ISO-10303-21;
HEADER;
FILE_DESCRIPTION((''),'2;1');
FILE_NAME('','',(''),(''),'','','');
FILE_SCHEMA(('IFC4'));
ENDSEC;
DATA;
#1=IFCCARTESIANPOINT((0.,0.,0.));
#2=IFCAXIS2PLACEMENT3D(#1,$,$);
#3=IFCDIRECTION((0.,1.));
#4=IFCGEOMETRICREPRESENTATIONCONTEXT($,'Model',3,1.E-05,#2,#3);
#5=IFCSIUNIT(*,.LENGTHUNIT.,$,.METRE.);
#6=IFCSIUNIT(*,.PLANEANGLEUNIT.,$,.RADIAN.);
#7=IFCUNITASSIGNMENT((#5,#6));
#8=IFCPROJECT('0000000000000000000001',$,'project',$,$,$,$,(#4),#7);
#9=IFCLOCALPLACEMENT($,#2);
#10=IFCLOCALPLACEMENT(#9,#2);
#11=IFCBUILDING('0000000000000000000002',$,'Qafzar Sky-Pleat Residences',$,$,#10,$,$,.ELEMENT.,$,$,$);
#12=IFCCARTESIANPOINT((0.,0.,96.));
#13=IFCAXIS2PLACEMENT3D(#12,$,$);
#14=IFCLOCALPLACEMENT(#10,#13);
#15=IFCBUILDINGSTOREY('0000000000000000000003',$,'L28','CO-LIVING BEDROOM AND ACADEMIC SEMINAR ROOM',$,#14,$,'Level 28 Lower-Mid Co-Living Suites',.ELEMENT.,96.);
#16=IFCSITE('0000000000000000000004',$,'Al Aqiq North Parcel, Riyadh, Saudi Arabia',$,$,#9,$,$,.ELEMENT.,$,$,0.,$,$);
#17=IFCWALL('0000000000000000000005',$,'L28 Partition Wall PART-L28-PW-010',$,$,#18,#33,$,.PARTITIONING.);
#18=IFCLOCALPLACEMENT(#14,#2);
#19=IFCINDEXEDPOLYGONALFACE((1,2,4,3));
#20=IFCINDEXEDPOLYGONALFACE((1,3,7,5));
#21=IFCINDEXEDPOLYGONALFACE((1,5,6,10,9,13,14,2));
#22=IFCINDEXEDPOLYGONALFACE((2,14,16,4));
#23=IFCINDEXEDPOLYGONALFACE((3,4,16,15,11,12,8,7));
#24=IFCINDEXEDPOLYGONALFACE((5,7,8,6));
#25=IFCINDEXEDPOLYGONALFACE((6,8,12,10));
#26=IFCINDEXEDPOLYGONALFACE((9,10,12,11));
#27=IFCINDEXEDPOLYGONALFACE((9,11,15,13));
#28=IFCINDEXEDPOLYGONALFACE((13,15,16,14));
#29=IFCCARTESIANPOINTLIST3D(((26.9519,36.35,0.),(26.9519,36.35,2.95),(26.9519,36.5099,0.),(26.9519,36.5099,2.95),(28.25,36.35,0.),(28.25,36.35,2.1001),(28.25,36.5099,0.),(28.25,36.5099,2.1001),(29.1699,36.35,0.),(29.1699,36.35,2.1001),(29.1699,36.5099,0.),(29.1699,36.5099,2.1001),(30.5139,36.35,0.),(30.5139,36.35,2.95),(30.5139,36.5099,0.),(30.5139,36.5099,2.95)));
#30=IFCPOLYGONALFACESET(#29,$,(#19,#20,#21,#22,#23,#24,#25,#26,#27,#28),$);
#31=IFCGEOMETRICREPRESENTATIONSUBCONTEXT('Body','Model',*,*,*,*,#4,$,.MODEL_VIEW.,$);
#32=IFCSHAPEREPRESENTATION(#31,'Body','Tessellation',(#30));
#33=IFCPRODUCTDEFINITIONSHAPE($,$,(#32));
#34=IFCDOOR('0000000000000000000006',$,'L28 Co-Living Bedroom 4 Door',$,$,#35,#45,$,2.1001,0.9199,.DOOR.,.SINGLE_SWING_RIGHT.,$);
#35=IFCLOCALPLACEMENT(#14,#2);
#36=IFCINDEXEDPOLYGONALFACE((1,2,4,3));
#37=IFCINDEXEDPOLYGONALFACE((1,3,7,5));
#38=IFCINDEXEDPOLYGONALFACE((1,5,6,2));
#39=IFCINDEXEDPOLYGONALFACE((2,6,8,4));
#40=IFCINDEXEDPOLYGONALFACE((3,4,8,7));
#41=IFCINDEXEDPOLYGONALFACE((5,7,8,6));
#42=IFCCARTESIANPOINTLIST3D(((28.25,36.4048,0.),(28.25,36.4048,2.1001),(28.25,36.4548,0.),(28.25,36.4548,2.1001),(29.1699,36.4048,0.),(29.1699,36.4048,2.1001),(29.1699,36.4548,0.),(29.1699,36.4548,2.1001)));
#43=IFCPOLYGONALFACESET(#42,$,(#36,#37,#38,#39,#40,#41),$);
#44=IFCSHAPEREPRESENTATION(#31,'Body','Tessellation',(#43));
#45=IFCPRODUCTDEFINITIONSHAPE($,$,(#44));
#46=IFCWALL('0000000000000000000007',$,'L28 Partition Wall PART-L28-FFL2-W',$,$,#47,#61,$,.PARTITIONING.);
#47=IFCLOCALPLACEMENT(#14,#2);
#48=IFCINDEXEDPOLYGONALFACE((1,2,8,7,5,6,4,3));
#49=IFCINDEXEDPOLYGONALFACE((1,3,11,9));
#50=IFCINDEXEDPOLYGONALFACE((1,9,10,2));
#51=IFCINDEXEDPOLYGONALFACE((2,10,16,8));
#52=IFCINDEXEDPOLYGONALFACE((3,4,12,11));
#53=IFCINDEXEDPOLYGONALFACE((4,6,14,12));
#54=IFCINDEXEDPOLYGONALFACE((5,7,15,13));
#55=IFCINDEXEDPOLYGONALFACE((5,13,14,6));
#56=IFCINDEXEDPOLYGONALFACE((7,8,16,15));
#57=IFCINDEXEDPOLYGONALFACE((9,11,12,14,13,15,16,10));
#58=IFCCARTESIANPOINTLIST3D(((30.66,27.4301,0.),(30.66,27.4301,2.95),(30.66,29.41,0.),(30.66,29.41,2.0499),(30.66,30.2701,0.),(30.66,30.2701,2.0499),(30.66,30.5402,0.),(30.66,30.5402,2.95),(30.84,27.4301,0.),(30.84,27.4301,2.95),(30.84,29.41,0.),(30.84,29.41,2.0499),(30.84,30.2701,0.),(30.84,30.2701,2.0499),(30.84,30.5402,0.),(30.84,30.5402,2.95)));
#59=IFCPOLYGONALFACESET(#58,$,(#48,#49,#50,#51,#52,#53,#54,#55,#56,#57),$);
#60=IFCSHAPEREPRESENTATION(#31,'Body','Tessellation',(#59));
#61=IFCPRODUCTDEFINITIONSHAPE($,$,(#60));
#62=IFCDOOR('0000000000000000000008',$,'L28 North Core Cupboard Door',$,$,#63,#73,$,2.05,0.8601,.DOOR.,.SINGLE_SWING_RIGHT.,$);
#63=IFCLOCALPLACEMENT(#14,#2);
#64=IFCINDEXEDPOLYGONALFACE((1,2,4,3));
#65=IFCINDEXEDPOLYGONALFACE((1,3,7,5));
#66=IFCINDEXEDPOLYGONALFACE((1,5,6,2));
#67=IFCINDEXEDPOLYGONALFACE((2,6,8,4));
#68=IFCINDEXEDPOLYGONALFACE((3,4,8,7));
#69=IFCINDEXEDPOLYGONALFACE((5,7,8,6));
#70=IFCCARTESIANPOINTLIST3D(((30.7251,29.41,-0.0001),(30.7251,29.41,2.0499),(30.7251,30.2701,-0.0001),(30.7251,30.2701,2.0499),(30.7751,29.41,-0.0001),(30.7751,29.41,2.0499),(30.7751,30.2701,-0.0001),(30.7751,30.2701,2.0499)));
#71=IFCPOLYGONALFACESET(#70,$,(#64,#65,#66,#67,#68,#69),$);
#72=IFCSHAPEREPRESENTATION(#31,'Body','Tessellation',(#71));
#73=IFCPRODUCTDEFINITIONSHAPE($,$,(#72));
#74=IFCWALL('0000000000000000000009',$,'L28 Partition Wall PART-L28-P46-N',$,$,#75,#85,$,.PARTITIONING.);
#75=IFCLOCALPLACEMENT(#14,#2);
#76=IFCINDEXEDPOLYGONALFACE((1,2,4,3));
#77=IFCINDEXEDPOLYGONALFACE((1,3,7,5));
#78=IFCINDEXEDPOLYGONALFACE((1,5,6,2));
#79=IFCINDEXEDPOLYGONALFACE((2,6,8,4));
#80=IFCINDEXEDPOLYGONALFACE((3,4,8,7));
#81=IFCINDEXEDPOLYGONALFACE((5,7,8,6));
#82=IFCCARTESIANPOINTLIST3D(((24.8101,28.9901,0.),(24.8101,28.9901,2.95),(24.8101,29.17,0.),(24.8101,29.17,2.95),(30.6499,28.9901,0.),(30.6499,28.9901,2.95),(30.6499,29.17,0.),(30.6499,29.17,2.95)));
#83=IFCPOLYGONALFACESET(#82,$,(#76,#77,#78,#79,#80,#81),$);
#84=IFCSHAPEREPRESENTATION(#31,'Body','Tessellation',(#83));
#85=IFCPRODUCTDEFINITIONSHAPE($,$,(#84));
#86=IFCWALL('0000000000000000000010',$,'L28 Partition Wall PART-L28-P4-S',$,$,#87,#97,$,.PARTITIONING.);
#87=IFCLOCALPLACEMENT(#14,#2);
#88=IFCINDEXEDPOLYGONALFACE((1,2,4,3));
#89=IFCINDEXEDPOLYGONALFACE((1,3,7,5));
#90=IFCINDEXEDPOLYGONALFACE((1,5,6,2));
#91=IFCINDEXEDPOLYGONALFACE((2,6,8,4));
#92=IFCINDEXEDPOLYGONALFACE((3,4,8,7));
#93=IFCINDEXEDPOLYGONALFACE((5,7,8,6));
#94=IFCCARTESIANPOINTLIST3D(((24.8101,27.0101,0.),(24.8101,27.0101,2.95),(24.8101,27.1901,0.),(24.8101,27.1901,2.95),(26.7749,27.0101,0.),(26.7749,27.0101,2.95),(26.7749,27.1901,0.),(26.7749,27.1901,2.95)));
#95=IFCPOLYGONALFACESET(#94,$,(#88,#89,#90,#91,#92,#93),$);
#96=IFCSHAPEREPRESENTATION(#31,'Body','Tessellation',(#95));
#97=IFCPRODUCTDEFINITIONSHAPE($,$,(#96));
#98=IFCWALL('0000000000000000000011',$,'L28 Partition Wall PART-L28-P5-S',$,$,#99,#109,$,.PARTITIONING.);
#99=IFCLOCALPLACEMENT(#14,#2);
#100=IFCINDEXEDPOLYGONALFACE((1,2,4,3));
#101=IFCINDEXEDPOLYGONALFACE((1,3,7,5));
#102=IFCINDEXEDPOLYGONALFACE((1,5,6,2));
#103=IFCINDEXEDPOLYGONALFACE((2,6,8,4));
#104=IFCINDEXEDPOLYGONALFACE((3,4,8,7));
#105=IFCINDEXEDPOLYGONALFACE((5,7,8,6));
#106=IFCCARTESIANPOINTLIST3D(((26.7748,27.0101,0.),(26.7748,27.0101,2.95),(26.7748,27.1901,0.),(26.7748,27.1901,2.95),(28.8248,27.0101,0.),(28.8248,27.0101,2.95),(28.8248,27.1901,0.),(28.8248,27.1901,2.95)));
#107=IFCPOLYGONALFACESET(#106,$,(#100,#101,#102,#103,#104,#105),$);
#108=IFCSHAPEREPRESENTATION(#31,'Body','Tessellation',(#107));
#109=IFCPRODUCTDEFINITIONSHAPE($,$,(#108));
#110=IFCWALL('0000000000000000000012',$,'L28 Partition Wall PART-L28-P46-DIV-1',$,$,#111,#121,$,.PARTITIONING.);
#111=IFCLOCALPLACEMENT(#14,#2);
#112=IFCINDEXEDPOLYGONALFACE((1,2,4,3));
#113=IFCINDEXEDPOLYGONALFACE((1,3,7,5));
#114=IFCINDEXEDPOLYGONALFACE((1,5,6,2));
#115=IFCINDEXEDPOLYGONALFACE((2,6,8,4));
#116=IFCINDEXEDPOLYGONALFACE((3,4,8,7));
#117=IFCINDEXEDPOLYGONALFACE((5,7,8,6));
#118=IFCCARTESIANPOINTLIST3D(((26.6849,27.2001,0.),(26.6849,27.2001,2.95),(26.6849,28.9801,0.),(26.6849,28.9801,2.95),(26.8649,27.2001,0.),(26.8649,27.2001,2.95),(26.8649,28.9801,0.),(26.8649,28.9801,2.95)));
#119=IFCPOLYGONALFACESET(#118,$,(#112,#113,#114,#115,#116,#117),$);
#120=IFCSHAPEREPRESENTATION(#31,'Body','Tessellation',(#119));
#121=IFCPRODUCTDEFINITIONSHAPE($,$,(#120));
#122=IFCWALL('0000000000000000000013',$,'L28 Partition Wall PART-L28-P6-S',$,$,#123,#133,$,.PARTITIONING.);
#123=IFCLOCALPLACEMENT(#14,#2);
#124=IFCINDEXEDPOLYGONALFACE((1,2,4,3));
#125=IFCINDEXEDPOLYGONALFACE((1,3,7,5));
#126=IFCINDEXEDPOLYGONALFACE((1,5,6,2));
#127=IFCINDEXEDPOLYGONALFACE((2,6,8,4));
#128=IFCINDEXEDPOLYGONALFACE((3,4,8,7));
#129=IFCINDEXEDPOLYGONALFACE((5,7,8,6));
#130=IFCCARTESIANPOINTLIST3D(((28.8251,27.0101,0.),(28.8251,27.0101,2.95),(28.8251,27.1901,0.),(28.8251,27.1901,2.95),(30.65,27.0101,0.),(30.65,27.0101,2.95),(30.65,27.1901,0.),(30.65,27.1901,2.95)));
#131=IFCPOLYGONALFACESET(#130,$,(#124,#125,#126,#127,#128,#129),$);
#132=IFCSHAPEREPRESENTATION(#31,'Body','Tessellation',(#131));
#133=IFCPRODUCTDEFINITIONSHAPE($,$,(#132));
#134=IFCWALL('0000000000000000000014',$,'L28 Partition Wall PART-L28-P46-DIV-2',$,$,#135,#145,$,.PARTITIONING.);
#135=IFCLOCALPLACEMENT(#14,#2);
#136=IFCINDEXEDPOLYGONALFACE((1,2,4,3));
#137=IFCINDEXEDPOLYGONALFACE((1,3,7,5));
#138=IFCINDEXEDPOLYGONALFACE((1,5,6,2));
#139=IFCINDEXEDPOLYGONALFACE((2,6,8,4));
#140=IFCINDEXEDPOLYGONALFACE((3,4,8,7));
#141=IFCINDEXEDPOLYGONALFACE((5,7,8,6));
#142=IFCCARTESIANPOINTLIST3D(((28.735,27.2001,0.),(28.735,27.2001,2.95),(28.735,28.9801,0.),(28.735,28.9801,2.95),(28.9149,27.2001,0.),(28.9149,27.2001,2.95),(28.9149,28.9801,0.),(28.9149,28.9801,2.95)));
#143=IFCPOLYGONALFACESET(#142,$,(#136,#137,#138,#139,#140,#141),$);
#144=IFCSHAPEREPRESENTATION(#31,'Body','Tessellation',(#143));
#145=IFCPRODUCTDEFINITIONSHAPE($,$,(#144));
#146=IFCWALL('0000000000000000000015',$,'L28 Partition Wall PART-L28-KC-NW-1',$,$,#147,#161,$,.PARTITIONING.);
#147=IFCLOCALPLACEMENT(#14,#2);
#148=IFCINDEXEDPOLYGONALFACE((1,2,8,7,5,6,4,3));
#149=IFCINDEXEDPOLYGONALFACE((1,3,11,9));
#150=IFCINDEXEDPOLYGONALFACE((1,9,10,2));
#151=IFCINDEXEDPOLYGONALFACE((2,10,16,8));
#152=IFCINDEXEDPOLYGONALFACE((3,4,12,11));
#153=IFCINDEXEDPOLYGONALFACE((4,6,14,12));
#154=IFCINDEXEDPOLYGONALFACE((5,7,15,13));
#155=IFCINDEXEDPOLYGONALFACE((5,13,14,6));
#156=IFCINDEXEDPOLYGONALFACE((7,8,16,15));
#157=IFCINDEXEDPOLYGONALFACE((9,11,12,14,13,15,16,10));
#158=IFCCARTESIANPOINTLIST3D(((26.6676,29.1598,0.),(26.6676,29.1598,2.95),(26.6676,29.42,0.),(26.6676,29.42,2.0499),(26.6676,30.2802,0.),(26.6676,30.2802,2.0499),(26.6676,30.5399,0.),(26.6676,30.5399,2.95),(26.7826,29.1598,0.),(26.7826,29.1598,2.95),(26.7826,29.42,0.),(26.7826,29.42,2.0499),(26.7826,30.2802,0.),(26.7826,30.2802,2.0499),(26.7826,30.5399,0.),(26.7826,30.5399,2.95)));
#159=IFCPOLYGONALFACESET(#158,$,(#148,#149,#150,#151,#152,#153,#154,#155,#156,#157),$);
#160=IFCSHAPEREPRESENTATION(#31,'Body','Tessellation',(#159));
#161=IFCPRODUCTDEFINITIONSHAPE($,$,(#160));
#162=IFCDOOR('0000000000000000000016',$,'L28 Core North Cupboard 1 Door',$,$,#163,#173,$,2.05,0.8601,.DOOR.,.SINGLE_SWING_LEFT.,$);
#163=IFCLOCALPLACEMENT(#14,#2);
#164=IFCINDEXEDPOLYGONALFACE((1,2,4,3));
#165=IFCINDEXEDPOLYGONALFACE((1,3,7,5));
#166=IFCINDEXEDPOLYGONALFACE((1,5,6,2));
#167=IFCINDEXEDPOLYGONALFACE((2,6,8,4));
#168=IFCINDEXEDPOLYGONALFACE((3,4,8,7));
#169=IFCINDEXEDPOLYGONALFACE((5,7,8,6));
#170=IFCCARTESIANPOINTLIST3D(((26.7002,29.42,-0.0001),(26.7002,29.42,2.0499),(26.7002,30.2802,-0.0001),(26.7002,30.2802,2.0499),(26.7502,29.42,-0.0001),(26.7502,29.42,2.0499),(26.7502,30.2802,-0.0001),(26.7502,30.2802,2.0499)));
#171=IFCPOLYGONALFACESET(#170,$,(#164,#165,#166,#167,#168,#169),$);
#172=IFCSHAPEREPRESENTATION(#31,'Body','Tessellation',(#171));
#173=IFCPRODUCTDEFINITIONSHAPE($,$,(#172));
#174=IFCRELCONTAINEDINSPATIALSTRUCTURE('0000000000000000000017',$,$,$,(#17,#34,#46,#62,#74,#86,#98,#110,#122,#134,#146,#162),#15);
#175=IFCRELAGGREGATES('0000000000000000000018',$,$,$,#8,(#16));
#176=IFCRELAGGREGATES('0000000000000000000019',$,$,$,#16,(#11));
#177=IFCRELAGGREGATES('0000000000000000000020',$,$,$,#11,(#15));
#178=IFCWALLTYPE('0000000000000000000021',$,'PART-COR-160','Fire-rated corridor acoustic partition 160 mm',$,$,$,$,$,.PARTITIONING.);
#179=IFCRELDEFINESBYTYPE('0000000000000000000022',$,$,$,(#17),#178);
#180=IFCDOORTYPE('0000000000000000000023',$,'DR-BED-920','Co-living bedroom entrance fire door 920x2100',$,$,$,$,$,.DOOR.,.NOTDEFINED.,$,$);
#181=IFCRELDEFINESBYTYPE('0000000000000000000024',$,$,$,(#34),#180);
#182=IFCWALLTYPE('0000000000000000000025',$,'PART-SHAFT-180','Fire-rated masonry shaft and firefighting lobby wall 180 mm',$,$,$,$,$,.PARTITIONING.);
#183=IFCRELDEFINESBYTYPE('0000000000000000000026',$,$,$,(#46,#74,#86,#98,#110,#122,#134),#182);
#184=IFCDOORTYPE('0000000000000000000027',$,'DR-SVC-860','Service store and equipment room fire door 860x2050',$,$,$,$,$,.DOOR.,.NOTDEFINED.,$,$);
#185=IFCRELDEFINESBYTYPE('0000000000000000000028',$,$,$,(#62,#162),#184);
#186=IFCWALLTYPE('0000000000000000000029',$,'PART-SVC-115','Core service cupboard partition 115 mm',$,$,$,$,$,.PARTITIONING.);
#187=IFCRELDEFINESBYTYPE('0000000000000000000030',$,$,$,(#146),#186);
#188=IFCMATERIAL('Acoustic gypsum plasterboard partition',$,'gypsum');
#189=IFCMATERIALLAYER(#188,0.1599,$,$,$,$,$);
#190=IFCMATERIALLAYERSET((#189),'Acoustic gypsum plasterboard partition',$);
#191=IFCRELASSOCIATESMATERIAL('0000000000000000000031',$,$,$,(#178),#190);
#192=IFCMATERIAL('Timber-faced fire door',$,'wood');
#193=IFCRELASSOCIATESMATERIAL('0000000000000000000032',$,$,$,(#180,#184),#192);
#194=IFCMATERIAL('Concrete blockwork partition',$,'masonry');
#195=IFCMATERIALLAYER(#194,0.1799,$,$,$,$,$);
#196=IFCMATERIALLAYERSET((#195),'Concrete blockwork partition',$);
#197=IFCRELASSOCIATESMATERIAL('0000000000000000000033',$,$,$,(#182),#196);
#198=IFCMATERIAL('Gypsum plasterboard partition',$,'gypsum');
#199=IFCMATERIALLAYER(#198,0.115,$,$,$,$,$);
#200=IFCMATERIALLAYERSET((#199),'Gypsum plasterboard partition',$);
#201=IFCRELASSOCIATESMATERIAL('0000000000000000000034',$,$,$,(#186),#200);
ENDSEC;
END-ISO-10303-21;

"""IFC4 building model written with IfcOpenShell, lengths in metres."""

from ifc_helpers import new_model, si_unit, direction, frame, frame_2d, origin, place, context, subcontext, project, spatial, rectangle, extrude, source, transform, mapped, material, layer, layer_set, type_object, element, fill, save


model = new_model("IFC4")

# Units and contexts
model_context = context("Model", 3, precision=1e-05, world=origin(), true_north=direction((0.0, 1.0)))
body_context = subcontext(model_context, "Body", "Model", "MODEL_VIEW")
ifc_project = project(units=[si_unit("LENGTHUNIT", "METRE"), si_unit("PLANEANGLEUNIT", "RADIAN")], contexts=[model_context])

# Site, building, storey
site_placement = place(None, origin())
site = spatial("IfcSite", under=ifc_project, at=site_placement, Name="Al Aqiq North Parcel, Riyadh, Saudi Arabia", CompositionType="ELEMENT", RefElevation=0.0)
building_placement = place(site_placement, origin())
building = spatial("IfcBuilding", under=site, at=building_placement, Name="Qafzar Sky-Pleat Residences", CompositionType="ELEMENT")
storey_placement = place(building_placement, frame((0.0, 0.0, 96.0)))
storey = spatial("IfcBuildingStorey", under=building, at=storey_placement, Name="L28", Description="CO-LIVING BEDROOM AND ACADEMIC SEMINAR ROOM", LongName="Level 28 Lower-Mid Co-Living Suites", CompositionType="ELEMENT", Elevation=96.0)

# Walls, openings, doors
ifc_material_1 = material(Name="Acoustic gypsum plasterboard partition", Category="gypsum")
ifc_layer_1 = layer(ifc_material_1, 0.1599)
ifc_layer_set_1 = layer_set([ifc_layer_1], Name="Acoustic gypsum plasterboard partition")
wall_type_1 = type_object("IfcWallType", Name="PART-COR-160", Description="Fire-rated corridor acoustic partition 160 mm", PredefinedType="PARTITIONING", material=ifc_layer_set_1)
wall_1_placement = place(storey_placement, frame((26.9519, 36.4299, 0.0), z_axis=(0.0, 0.0, 1.0), x_axis=(1.0, 0.0, 0.0)))
wall_1 = element("IfcWall", 1, at=wall_1_placement, inside=storey, type_object=wall_type_1, Name="L28 Partition Wall PART-L28-PW-010", PredefinedType="PARTITIONING", context=body_context, shape_type="SweptSolid", body=[
    extrude(rectangle(XDim=3.562, YDim=0.1599, at=frame_2d((1.781, 0.0))), origin(), (0.0, 0.0, 1.0), 2.95),
])
opening_1_placement = place(wall_1_placement, frame((1.2981, 0.0, 0.0)))
opening_1 = element("IfcOpeningElement", 2, at=opening_1_placement, cuts=wall_1, PredefinedType="OPENING", context=body_context, shape_type="SweptSolid", body=[
    extrude(rectangle(XDim=0.9199, YDim=2.1001, at=frame_2d((0.46, 1.05))), frame((0.0, 0.0898, 0.0), z_axis=(0.0, -1.0, 0.0), x_axis=(1.0, 0.0, 0.0)), (0.0, 0.0, 1.0), 0.1799),
])
ifc_material_2 = material(Name="Timber-faced fire door", Category="wood")
door_type_1 = type_object("IfcDoorType", Name="DR-BED-920", Description="Co-living bedroom entrance fire door 920x2100", OperationType="NOTDEFINED", PredefinedType="DOOR", material=ifc_material_2)
shared_shape_1 = source(origin(), body_context, "Body", "SweptSolid", [
    extrude(rectangle(XDim=0.9199, YDim=2.1001, at=frame_2d((0.46, 1.05))), frame((0.0, 0.0249, 0.0), z_axis=(0.0, -1.0, 0.0), x_axis=(1.0, 0.0, 0.0)), (0.0, 0.0, 1.0), 0.05),
])
door_1_placement = place(opening_1_placement, origin())
door_1 = element("IfcDoor", 3, at=door_1_placement, inside=storey, type_object=door_type_1, Name="L28 Co-Living Bedroom 4 Door", OperationType="SINGLE_SWING_RIGHT", OverallHeight=2.1001, OverallWidth=0.9199, PredefinedType="DOOR", context=body_context, shape_type="MappedRepresentation", body=[
    mapped(shared_shape_1, transform((0.0, 0.0, 0.0), x_axis=(1.0, 0.0, 0.0), y_axis=(0.0, 1.0, 0.0), z_axis=(0.0, 0.0, 1.0), scale=1.0)),
])
fill(opening_1, door_1)
ifc_material_3 = material(Name="Concrete blockwork partition", Category="masonry")
ifc_layer_2 = layer(ifc_material_3, 0.1799)
ifc_layer_set_2 = layer_set([ifc_layer_2], Name="Concrete blockwork partition")
wall_type_2 = type_object("IfcWallType", Name="PART-SHAFT-180", Description="Fire-rated masonry shaft and firefighting lobby wall 180 mm", PredefinedType="PARTITIONING", material=ifc_layer_set_2)
wall_2_placement = place(storey_placement, frame((30.75, 27.4299, 0.0), z_axis=(0.0, 0.0, 1.0), x_axis=(0.0, 1.0, 0.0)))
wall_2 = element("IfcWall", 4, at=wall_2_placement, inside=storey, type_object=wall_type_2, Name="L28 Partition Wall PART-L28-FFL2-W", PredefinedType="PARTITIONING", context=body_context, shape_type="SweptSolid", body=[
    extrude(rectangle(XDim=3.1101, YDim=0.1799, at=frame_2d((1.5552, 0.0))), origin(), (0.0, 0.0, 1.0), 2.95),
])
opening_2_placement = place(wall_2_placement, frame((1.98, 0.0, 0.0)))
opening_2 = element("IfcOpeningElement", 5, at=opening_2_placement, cuts=wall_2, PredefinedType="OPENING", context=body_context, shape_type="SweptSolid", body=[
    extrude(rectangle(XDim=0.8601, YDim=2.05, at=frame_2d((0.4302, 1.0249))), frame((0.0, 0.1001, 0.0), z_axis=(0.0, -1.0, 0.0), x_axis=(1.0, 0.0, 0.0)), (0.0, 0.0, 1.0), 0.2),
])
door_type_2 = type_object("IfcDoorType", Name="DR-SVC-860", Description="Service store and equipment room fire door 860x2050", OperationType="NOTDEFINED", PredefinedType="DOOR", material=ifc_material_2)
shared_shape_2 = source(origin(), body_context, "Body", "SweptSolid", [
    extrude(rectangle(XDim=0.8601, YDim=2.05, at=frame_2d((0.4302, 1.0249))), frame((0.0, 0.0249, 0.0), z_axis=(0.0, -1.0, 0.0), x_axis=(1.0, 0.0, 0.0)), (0.0, 0.0, 1.0), 0.05),
])
door_2_placement = place(opening_2_placement, origin())
door_2 = element("IfcDoor", 6, at=door_2_placement, inside=storey, type_object=door_type_2, Name="L28 North Core Cupboard Door", OperationType="SINGLE_SWING_RIGHT", OverallHeight=2.05, OverallWidth=0.8601, PredefinedType="DOOR", context=body_context, shape_type="MappedRepresentation", body=[
    mapped(shared_shape_2, transform((0.0, 0.0, 0.0), x_axis=(1.0, 0.0, 0.0), y_axis=(0.0, 1.0, 0.0), z_axis=(0.0, 0.0, 1.0), scale=1.0)),
])
fill(opening_2, door_2)

# Walls
wall_3_placement = place(storey_placement, frame((24.8101, 29.0801, 0.0), z_axis=(0.0, 0.0, 1.0), x_axis=(1.0, 0.0, 0.0)))
element("IfcWall", 7, at=wall_3_placement, inside=storey, type_object=wall_type_2, Name="L28 Partition Wall PART-L28-P46-N", PredefinedType="PARTITIONING", context=body_context, shape_type="SweptSolid", body=[
    extrude(rectangle(XDim=5.8398, YDim=0.1799, at=frame_2d((2.9199, 0.0))), origin(), (0.0, 0.0, 1.0), 2.95),
])
wall_4_placement = place(storey_placement, frame((24.8101, 27.1001, 0.0), z_axis=(0.0, 0.0, 1.0), x_axis=(1.0, 0.0, 0.0)))
element("IfcWall", 8, at=wall_4_placement, inside=storey, type_object=wall_type_2, Name="L28 Partition Wall PART-L28-P4-S", PredefinedType="PARTITIONING", context=body_context, shape_type="SweptSolid", body=[
    extrude(rectangle(XDim=1.9648, YDim=0.1799, at=frame_2d((0.9824, 0.0))), origin(), (0.0, 0.0, 1.0), 2.95),
])
wall_5_placement = place(storey_placement, frame((26.7749, 27.1001, 0.0), z_axis=(0.0, 0.0, 1.0), x_axis=(1.0, 0.0, 0.0)))
element("IfcWall", 9, at=wall_5_placement, inside=storey, type_object=wall_type_2, Name="L28 Partition Wall PART-L28-P5-S", PredefinedType="PARTITIONING", context=body_context, shape_type="SweptSolid", body=[
    extrude(rectangle(XDim=2.05, YDim=0.1799, at=frame_2d((1.0249, 0.0))), origin(), (0.0, 0.0, 1.0), 2.95),
])
wall_6_placement = place(storey_placement, frame((26.7749, 27.2, 0.0), z_axis=(0.0, 0.0, 1.0), x_axis=(0.0, 1.0, 0.0)))
element("IfcWall", 10, at=wall_6_placement, inside=storey, type_object=wall_type_2, Name="L28 Partition Wall PART-L28-P46-DIV-1", PredefinedType="PARTITIONING", context=body_context, shape_type="SweptSolid", body=[
    extrude(rectangle(XDim=1.78, YDim=0.1799, at=frame_2d((0.8901, 0.0))), origin(), (0.0, 0.0, 1.0), 2.95),
])
wall_7_placement = place(storey_placement, frame((28.825, 27.1001, 0.0), z_axis=(0.0, 0.0, 1.0), x_axis=(1.0, 0.0, 0.0)))
element("IfcWall", 11, at=wall_7_placement, inside=storey, type_object=wall_type_2, Name="L28 Partition Wall PART-L28-P6-S", PredefinedType="PARTITIONING", context=body_context, shape_type="SweptSolid", body=[
    extrude(rectangle(XDim=1.825, YDim=0.1799, at=frame_2d((0.9126, 0.0))), origin(), (0.0, 0.0, 1.0), 2.95),
])
wall_8_placement = place(storey_placement, frame((28.825, 27.2, 0.0), z_axis=(0.0, 0.0, 1.0), x_axis=(0.0, 1.0, 0.0)))
element("IfcWall", 12, at=wall_8_placement, inside=storey, type_object=wall_type_2, Name="L28 Partition Wall PART-L28-P46-DIV-2", PredefinedType="PARTITIONING", context=body_context, shape_type="SweptSolid", body=[
    extrude(rectangle(XDim=1.78, YDim=0.1799, at=frame_2d((0.8901, 0.0))), origin(), (0.0, 0.0, 1.0), 2.95),
])

# Wall, opening, door
ifc_material_4 = material(Name="Gypsum plasterboard partition", Category="gypsum")
ifc_layer_3 = layer(ifc_material_4, 0.115)
ifc_layer_set_3 = layer_set([ifc_layer_3], Name="Gypsum plasterboard partition")
wall_type_3 = type_object("IfcWallType", Name="PART-SVC-115", Description="Core service cupboard partition 115 mm", PredefinedType="PARTITIONING", material=ifc_layer_set_3)
wall_9_placement = place(storey_placement, frame((26.7251, 29.1599, 0.0), z_axis=(0.0, 0.0, 1.0), x_axis=(0.0, 1.0, 0.0)))
wall_9 = element("IfcWall", 13, at=wall_9_placement, inside=storey, type_object=wall_type_3, Name="L28 Partition Wall PART-L28-KC-NW-1", PredefinedType="PARTITIONING", context=body_context, shape_type="SweptSolid", body=[
    extrude(rectangle(XDim=1.3801, YDim=0.115, at=frame_2d((0.6899, 0.0))), origin(), (0.0, 0.0, 1.0), 2.95),
])
opening_3_placement = place(wall_9_placement, frame((0.26, 0.0, 0.0)))
opening_3 = element("IfcOpeningElement", 14, at=opening_3_placement, cuts=wall_9, PredefinedType="OPENING", context=body_context, shape_type="SweptSolid", body=[
    extrude(rectangle(XDim=0.8601, YDim=2.05, at=frame_2d((0.4302, 1.0249))), frame((0.0, 0.0674, 0.0), z_axis=(0.0, -1.0, 0.0), x_axis=(1.0, 0.0, 0.0)), (0.0, 0.0, 1.0), 0.135),
])
door_3_placement = place(opening_3_placement, origin())
door_3 = element("IfcDoor", 15, at=door_3_placement, inside=storey, type_object=door_type_2, Name="L28 Core North Cupboard 1 Door", OperationType="SINGLE_SWING_LEFT", OverallHeight=2.05, OverallWidth=0.8601, PredefinedType="DOOR", context=body_context, shape_type="MappedRepresentation", body=[
    mapped(shared_shape_2, transform((0.0, 0.0, 0.0), x_axis=(1.0, 0.0, 0.0), y_axis=(0.0, 1.0, 0.0), z_axis=(0.0, 0.0, 1.0), scale=1.0)),
])
fill(opening_3, door_3)

save(model, "model.ifc")
